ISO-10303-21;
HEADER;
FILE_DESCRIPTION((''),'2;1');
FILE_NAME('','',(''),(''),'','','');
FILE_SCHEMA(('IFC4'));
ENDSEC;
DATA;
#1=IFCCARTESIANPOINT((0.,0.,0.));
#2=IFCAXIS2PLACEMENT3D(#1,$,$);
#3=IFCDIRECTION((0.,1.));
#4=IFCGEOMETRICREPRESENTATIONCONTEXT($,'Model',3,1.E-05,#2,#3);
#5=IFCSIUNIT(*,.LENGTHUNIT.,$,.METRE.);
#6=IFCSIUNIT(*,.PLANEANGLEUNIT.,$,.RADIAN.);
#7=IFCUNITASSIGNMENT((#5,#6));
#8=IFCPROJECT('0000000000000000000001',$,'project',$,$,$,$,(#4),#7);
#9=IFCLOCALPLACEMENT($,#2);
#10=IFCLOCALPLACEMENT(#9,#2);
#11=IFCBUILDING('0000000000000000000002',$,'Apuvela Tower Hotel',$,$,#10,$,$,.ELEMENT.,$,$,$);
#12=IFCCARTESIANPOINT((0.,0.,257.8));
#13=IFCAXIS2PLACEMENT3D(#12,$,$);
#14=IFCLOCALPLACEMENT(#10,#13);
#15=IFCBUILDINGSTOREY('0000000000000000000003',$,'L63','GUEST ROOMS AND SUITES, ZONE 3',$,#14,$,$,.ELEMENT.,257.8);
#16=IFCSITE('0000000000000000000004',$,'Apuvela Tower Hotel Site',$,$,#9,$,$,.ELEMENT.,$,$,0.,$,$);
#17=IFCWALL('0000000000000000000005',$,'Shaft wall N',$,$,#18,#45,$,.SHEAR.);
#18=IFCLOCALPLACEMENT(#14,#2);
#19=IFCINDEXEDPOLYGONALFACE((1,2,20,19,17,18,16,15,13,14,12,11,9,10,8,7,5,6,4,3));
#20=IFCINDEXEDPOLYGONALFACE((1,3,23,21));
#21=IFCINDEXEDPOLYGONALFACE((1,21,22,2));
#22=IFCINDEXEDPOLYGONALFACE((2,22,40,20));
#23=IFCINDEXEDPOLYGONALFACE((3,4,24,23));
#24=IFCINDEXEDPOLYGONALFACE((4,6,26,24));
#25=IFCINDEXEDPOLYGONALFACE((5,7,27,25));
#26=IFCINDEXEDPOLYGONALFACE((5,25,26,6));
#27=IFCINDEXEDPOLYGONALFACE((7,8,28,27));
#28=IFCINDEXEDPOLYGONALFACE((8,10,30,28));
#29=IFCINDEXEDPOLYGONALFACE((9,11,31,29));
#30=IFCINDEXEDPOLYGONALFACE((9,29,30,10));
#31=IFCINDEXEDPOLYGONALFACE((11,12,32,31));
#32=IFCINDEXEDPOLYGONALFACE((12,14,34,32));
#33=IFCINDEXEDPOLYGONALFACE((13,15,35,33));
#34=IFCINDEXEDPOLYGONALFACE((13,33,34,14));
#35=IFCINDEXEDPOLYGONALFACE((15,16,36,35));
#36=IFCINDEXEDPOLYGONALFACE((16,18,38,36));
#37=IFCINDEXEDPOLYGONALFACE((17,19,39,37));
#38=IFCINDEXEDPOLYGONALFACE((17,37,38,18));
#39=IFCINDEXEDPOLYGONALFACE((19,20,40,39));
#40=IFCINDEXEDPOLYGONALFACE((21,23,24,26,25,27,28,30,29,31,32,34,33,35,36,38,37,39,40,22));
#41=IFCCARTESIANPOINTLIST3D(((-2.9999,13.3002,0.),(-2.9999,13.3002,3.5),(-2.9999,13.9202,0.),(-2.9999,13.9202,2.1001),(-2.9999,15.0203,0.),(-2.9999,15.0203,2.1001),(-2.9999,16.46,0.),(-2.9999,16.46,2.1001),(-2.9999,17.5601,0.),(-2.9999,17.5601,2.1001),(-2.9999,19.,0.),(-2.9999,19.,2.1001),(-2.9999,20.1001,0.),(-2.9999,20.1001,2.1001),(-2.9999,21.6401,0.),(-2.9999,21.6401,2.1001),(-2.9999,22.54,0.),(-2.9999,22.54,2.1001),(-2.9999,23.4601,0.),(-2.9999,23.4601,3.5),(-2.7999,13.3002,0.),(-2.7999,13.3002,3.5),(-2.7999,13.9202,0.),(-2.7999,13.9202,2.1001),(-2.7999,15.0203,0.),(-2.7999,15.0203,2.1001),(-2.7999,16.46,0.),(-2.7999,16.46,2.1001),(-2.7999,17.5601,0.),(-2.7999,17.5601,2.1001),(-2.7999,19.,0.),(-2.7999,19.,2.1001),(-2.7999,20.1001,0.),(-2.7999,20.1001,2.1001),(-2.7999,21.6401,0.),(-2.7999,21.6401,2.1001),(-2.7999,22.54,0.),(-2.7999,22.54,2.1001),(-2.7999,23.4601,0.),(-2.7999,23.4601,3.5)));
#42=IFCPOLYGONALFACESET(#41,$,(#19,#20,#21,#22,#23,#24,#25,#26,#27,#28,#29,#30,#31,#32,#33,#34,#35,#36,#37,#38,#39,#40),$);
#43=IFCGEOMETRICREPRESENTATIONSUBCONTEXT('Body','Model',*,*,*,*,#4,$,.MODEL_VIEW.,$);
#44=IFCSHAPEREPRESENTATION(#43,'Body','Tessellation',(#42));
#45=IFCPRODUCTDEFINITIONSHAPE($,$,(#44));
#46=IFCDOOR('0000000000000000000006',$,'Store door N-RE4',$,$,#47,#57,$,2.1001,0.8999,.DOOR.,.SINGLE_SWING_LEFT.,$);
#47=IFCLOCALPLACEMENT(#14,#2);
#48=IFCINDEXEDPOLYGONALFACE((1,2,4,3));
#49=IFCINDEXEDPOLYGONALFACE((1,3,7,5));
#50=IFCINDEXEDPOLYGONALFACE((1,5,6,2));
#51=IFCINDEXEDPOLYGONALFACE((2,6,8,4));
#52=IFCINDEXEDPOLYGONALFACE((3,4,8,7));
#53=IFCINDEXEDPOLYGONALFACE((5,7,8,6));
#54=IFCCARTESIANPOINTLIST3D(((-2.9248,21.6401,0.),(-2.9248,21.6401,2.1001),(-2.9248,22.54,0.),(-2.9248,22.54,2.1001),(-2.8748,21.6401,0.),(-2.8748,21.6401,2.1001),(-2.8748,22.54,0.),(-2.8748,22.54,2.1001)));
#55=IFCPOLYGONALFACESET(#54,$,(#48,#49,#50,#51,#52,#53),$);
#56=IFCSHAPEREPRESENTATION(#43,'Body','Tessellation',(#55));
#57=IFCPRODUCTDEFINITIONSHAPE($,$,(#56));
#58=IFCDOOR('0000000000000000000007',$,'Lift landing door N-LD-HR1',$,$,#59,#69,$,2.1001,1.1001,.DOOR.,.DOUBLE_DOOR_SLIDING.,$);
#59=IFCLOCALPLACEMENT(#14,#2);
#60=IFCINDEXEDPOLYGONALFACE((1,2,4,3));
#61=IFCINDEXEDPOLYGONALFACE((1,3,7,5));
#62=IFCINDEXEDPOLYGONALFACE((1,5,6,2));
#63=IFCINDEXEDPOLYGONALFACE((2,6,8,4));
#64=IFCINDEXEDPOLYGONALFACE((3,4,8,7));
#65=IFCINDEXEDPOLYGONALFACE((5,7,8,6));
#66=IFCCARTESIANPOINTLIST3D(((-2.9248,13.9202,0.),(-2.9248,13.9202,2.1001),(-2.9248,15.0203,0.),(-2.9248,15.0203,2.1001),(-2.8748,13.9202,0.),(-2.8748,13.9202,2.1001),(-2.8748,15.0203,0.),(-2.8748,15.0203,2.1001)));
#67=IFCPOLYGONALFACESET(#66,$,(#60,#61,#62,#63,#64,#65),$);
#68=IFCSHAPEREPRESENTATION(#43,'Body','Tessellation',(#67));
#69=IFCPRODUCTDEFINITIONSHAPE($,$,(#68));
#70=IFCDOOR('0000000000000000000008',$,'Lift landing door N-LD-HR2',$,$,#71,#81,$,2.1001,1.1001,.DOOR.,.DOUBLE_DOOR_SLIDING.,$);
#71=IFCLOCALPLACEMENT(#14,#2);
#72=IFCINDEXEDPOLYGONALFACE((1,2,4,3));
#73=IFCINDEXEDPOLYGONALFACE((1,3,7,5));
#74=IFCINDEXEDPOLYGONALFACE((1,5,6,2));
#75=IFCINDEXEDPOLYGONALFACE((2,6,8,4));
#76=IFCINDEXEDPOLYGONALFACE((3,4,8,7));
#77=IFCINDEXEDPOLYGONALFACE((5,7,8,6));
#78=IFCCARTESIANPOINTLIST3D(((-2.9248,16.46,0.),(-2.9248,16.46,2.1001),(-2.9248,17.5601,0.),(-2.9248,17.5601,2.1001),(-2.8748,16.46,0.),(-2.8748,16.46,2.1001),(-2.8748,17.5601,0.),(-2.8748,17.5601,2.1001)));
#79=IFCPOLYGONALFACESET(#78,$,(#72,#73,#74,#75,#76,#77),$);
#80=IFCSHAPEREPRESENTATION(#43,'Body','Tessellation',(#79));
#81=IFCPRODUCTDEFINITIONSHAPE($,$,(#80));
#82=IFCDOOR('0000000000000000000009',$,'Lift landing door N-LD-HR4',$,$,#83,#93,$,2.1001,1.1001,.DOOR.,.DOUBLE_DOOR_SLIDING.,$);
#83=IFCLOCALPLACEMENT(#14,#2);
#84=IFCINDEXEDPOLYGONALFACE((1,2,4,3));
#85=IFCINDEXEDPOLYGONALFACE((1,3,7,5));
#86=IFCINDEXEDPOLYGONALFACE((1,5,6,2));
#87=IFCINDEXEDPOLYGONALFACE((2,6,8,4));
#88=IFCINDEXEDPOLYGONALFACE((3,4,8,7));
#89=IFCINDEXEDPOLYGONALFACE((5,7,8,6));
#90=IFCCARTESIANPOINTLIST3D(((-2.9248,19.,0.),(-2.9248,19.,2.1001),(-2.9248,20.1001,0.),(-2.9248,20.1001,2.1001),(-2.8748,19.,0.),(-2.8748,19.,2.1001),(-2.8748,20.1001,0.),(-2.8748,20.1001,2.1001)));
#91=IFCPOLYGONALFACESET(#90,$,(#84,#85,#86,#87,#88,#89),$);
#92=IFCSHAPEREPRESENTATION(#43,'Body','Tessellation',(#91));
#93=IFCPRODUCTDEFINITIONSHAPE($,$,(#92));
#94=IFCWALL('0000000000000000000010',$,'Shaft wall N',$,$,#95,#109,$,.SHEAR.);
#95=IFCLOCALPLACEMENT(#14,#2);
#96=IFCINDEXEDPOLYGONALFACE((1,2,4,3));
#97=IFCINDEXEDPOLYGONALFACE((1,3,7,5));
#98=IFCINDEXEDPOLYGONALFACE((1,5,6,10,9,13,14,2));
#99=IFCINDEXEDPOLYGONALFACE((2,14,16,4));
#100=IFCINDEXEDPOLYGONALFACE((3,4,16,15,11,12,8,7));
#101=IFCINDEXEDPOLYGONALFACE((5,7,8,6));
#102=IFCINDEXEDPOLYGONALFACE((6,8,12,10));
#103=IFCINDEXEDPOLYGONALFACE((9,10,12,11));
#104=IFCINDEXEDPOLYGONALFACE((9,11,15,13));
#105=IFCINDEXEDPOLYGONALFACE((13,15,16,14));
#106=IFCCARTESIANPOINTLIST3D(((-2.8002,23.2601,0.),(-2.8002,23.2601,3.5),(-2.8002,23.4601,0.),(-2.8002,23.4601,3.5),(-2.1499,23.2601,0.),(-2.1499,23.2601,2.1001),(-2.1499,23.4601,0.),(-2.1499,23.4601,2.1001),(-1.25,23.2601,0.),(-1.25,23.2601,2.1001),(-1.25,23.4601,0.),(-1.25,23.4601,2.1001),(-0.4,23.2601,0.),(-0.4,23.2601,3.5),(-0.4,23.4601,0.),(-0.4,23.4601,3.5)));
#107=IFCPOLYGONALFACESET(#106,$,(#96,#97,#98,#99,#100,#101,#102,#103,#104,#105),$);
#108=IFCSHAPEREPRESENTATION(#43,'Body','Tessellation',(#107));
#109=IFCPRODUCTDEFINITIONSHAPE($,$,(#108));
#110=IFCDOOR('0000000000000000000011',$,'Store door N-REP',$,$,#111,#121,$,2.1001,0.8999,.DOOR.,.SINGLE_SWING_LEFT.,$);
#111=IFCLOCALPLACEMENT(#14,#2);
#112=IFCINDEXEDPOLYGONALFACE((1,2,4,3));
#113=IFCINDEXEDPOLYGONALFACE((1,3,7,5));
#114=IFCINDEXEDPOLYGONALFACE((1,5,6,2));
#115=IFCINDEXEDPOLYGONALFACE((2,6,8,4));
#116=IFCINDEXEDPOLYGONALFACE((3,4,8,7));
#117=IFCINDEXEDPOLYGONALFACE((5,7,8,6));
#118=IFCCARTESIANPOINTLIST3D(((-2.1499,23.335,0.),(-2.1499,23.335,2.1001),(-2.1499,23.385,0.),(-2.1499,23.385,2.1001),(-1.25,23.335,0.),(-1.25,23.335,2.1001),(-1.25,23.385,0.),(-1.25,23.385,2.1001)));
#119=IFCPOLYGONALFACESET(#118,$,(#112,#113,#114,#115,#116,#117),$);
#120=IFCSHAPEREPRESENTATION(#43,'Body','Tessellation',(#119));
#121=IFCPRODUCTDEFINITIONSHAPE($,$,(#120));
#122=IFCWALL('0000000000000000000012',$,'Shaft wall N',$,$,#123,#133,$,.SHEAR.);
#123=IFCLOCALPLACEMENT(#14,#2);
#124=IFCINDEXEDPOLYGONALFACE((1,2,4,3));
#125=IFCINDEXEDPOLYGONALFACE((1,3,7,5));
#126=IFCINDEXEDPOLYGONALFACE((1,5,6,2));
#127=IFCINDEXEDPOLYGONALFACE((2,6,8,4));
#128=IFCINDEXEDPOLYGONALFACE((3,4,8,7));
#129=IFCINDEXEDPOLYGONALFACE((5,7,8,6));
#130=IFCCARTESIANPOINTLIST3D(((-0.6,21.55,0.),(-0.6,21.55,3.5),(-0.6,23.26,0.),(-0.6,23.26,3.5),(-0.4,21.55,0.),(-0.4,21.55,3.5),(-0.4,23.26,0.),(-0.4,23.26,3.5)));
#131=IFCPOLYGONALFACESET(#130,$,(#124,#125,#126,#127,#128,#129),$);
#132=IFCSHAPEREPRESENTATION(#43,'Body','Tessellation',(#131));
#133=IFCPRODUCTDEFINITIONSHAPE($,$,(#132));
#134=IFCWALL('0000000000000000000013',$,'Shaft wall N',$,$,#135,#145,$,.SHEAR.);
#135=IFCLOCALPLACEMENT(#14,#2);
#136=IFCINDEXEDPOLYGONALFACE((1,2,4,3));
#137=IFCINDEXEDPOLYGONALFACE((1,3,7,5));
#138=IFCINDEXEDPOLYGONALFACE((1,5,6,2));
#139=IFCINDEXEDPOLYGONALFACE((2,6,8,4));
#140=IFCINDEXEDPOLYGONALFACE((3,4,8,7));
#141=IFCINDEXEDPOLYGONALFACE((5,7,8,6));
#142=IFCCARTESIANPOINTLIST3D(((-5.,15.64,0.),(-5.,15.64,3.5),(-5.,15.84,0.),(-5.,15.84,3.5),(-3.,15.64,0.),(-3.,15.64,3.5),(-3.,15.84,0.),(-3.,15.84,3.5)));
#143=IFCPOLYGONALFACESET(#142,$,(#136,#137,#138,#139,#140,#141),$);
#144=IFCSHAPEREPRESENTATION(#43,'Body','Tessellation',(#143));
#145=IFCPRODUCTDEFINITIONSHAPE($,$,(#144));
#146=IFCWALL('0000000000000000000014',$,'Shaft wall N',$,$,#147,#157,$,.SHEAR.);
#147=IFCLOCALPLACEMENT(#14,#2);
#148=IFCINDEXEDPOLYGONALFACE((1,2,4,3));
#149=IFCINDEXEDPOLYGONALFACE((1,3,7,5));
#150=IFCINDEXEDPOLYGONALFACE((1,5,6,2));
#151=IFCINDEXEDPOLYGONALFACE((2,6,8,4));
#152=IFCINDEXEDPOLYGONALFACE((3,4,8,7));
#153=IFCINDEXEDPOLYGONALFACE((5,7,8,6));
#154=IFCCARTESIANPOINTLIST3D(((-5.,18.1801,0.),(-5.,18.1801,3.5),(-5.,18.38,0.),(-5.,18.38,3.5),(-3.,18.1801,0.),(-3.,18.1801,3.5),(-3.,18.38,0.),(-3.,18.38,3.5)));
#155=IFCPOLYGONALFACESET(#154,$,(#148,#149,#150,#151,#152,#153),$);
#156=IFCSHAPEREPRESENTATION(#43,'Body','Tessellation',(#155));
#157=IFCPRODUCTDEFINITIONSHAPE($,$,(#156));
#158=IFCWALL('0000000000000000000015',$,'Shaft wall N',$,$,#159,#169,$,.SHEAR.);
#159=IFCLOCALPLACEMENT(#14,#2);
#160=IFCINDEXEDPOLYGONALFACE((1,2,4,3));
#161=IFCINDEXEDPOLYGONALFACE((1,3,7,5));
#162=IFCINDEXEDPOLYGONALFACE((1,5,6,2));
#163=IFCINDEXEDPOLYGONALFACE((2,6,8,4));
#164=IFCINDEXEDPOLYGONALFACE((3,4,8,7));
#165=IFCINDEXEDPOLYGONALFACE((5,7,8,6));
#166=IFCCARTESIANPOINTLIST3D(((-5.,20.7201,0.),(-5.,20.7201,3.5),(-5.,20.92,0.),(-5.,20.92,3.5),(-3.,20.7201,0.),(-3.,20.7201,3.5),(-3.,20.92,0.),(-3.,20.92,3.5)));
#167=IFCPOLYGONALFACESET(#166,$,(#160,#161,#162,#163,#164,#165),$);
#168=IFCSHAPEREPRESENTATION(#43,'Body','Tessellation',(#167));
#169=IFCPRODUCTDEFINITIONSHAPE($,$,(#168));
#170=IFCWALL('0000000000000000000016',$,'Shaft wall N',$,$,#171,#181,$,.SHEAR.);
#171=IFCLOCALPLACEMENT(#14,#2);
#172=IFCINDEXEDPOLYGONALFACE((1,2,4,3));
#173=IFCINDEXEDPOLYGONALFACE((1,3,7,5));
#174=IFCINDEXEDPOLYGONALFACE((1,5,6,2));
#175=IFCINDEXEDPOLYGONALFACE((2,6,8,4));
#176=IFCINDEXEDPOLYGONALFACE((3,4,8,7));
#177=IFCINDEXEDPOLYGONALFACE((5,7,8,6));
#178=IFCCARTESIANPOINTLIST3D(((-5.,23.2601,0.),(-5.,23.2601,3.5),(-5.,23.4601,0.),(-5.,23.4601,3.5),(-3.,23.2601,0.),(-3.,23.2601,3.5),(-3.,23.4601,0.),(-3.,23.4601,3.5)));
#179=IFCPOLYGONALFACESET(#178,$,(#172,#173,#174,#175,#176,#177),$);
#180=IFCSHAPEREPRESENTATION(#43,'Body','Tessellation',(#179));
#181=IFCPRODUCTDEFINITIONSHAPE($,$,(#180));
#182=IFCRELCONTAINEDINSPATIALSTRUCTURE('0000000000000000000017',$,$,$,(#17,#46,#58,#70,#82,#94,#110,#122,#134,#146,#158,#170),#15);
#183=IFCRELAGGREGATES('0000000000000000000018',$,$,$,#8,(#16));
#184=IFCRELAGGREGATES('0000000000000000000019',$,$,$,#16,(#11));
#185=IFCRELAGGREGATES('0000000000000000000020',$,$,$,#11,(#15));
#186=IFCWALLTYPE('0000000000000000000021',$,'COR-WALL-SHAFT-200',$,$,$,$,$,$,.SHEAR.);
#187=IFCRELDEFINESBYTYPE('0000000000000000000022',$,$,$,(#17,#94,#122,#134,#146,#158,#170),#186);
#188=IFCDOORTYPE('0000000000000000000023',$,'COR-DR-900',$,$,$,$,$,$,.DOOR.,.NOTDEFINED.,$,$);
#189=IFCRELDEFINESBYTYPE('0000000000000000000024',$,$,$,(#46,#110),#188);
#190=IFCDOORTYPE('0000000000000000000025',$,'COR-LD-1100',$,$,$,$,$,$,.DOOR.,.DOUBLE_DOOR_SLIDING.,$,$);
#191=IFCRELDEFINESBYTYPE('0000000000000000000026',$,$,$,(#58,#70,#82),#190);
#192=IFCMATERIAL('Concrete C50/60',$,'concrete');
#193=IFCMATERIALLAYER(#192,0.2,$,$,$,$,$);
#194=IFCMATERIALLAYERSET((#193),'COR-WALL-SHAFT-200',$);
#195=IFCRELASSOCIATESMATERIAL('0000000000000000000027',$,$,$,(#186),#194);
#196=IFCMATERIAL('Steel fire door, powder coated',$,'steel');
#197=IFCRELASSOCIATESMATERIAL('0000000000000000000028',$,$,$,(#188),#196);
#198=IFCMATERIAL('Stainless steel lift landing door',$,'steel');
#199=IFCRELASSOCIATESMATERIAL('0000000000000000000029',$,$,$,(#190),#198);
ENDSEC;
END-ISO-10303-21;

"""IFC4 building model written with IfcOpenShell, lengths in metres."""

from ifc_helpers import new_model, si_unit, direction, frame, frame_2d, origin, place, context, subcontext, project, spatial, rectangle, extrude, material, layer, layer_set, type_object, element, fill, save


model = new_model("IFC4")

# Units and contexts
model_context = context("Model", 3, precision=1e-05, world=origin(), true_north=direction((0.0, 1.0)))
body_context = subcontext(model_context, "Body", "Model", "MODEL_VIEW")
ifc_project = project(units=[si_unit("LENGTHUNIT", "METRE"), si_unit("PLANEANGLEUNIT", "RADIAN")], contexts=[model_context])

# Site, building, storey
site_placement = place(None, origin())
site = spatial("IfcSite", under=ifc_project, at=site_placement, Name="Apuvela Tower Hotel Site", CompositionType="ELEMENT", RefElevation=0.0)
building_placement = place(site_placement, origin())
building = spatial("IfcBuilding", under=site, at=building_placement, Name="Apuvela Tower Hotel", CompositionType="ELEMENT")
storey_placement = place(building_placement, frame((0.0, 0.0, 257.8)))
storey = spatial("IfcBuildingStorey", under=building, at=storey_placement, Name="L63", Description="GUEST ROOMS AND SUITES, ZONE 3", CompositionType="ELEMENT", Elevation=257.8)

# Shared definitions
ifc_material_1 = material(Name="Concrete C50/60", Category="concrete")
ifc_layer_1 = layer(ifc_material_1, 0.2)
ifc_layer_set_1 = layer_set([ifc_layer_1], Name="COR-WALL-SHAFT-200")
wall_type_1 = type_object("IfcWallType", Name="COR-WALL-SHAFT-200", PredefinedType="SHEAR", material=ifc_layer_set_1)

# Wall, openings, doors
wall_1_placement = place(storey_placement, frame((-2.8999, 13.3, 0.0), z_axis=(0.0, 0.0, 1.0), x_axis=(0.0, 1.0, 0.0)))
wall_1 = element("IfcWall", 1, at=wall_1_placement, inside=storey, type_object=wall_type_1, Name="Shaft wall N", PredefinedType="SHEAR", context=body_context, shape_type="SweptSolid", body=[
    extrude(rectangle(XDim=10.1599, YDim=0.2, at=frame_2d((5.0801, 0.0))), origin(), (0.0, 0.0, 1.0), 3.5),
])
opening_1_placement = place(wall_1_placement, frame((0.6201, 0.0, 0.0)))
opening_1 = element("IfcOpeningElement", 2, at=opening_1_placement, cuts=wall_1, PredefinedType="OPENING", context=body_context, shape_type="SweptSolid", body=[
    extrude(rectangle(XDim=1.1001, YDim=2.1001, at=frame_2d((0.55, 1.05))), frame((0.0, 0.1099, 0.0), z_axis=(0.0, -1.0, 0.0), x_axis=(1.0, 0.0, 0.0)), (0.0, 0.0, 1.0), 0.22),
])
opening_2_placement = place(wall_1_placement, frame((3.1599, 0.0, 0.0)))
opening_2 = element("IfcOpeningElement", 3, at=opening_2_placement, cuts=wall_1, PredefinedType="OPENING", context=body_context, shape_type="SweptSolid", body=[
    extrude(rectangle(XDim=1.1001, YDim=2.1001, at=frame_2d((0.55, 1.05))), frame((0.0, 0.1099, 0.0), z_axis=(0.0, -1.0, 0.0), x_axis=(1.0, 0.0, 0.0)), (0.0, 0.0, 1.0), 0.22),
])
opening_3_placement = place(wall_1_placement, frame((5.7, 0.0, 0.0)))
opening_3 = element("IfcOpeningElement", 4, at=opening_3_placement, cuts=wall_1, PredefinedType="OPENING", context=body_context, shape_type="SweptSolid", body=[
    extrude(rectangle(XDim=1.1001, YDim=2.1001, at=frame_2d((0.55, 1.05))), frame((0.0, 0.1099, 0.0), z_axis=(0.0, -1.0, 0.0), x_axis=(1.0, 0.0, 0.0)), (0.0, 0.0, 1.0), 0.22),
])
opening_4_placement = place(wall_1_placement, frame((8.3401, 0.0, 0.0)))
opening_4 = element("IfcOpeningElement", 5, at=opening_4_placement, cuts=wall_1, PredefinedType="OPENING", context=body_context, shape_type="SweptSolid", body=[
    extrude(rectangle(XDim=0.8999, YDim=2.1001, at=frame_2d((0.45, 1.05))), frame((0.0, 0.1099, 0.0), z_axis=(0.0, -1.0, 0.0), x_axis=(1.0, 0.0, 0.0)), (0.0, 0.0, 1.0), 0.22),
])
ifc_material_2 = material(Name="Steel fire door, powder coated", Category="steel")
door_type_1 = type_object("IfcDoorType", Name="COR-DR-900", OperationType="NOTDEFINED", PredefinedType="DOOR", material=ifc_material_2)
door_1_placement = place(opening_4_placement, origin())
door_1 = element("IfcDoor", 6, at=door_1_placement, inside=storey, type_object=door_type_1, Name="Store door N-RE4", OperationType="SINGLE_SWING_LEFT", OverallHeight=2.1001, OverallWidth=0.8999, PredefinedType="DOOR", context=body_context, shape_type="SweptSolid", body=[
    extrude(rectangle(XDim=0.8999, YDim=2.1001, at=frame_2d((0.45, 1.05))), frame((0.0, 0.0249, 0.0), z_axis=(0.0, -1.0, 0.0), x_axis=(1.0, 0.0, 0.0)), (0.0, 0.0, 1.0), 0.05),
])
fill(opening_4, door_1)
ifc_material_3 = material(Name="Stainless steel lift landing door", Category="steel")
door_type_2 = type_object("IfcDoorType", Name="COR-LD-1100", OperationType="DOUBLE_DOOR_SLIDING", PredefinedType="DOOR", material=ifc_material_3)
door_2_placement = place(opening_1_placement, origin())
door_2 = element("IfcDoor", 7, at=door_2_placement, inside=storey, type_object=door_type_2, Name="Lift landing door N-LD-HR1", OperationType="DOUBLE_DOOR_SLIDING", OverallHeight=2.1001, OverallWidth=1.1001, PredefinedType="DOOR", context=body_context, shape_type="SweptSolid", body=[
    extrude(rectangle(XDim=1.1001, YDim=2.1001, at=frame_2d((0.55, 1.05))), frame((0.0, 0.0249, 0.0), z_axis=(0.0, -1.0, 0.0), x_axis=(1.0, 0.0, 0.0)), (0.0, 0.0, 1.0), 0.05),
])
fill(opening_1, door_2)
door_3_placement = place(opening_2_placement, origin())
door_3 = element("IfcDoor", 8, at=door_3_placement, inside=storey, type_object=door_type_2, Name="Lift landing door N-LD-HR2", OperationType="DOUBLE_DOOR_SLIDING", OverallHeight=2.1001, OverallWidth=1.1001, PredefinedType="DOOR", context=body_context, shape_type="SweptSolid", body=[
    extrude(rectangle(XDim=1.1001, YDim=2.1001, at=frame_2d((0.55, 1.05))), frame((0.0, 0.0249, 0.0), z_axis=(0.0, -1.0, 0.0), x_axis=(1.0, 0.0, 0.0)), (0.0, 0.0, 1.0), 0.05),
])
fill(opening_2, door_3)
door_4_placement = place(opening_3_placement, origin())
door_4 = element("IfcDoor", 9, at=door_4_placement, inside=storey, type_object=door_type_2, Name="Lift landing door N-LD-HR4", OperationType="DOUBLE_DOOR_SLIDING", OverallHeight=2.1001, OverallWidth=1.1001, PredefinedType="DOOR", context=body_context, shape_type="SweptSolid", body=[
    extrude(rectangle(XDim=1.1001, YDim=2.1001, at=frame_2d((0.55, 1.05))), frame((0.0, 0.0249, 0.0), z_axis=(0.0, -1.0, 0.0), x_axis=(1.0, 0.0, 0.0)), (0.0, 0.0, 1.0), 0.05),
])
fill(opening_3, door_4)

# Wall, opening, door
wall_2_placement = place(storey_placement, frame((-0.3999, 23.3601, 0.0), z_axis=(0.0, 0.0, 1.0), x_axis=(-1.0, 0.0, 0.0)))
wall_2 = element("IfcWall", 10, at=wall_2_placement, inside=storey, type_object=wall_type_1, Name="Shaft wall N", PredefinedType="SHEAR", context=body_context, shape_type="SweptSolid", body=[
    extrude(rectangle(XDim=2.4001, YDim=0.2, at=frame_2d((1.2002, 0.0))), origin(), (0.0, 0.0, 1.0), 3.5),
])
opening_5_placement = place(wall_2_placement, frame((0.8501, 0.0, 0.0)))
opening_5 = element("IfcOpeningElement", 11, at=opening_5_placement, cuts=wall_2, PredefinedType="OPENING", context=body_context, shape_type="SweptSolid", body=[
    extrude(rectangle(XDim=0.8999, YDim=2.1001, at=frame_2d((0.45, 1.05))), frame((0.0, 0.1099, 0.0), z_axis=(0.0, -1.0, 0.0), x_axis=(1.0, 0.0, 0.0)), (0.0, 0.0, 1.0), 0.22),
])
door_5_placement = place(opening_5_placement, frame((0.8999, 0.0, 0.0), z_axis=(0.0, 0.0, 1.0), x_axis=(-1.0, 0.0, 0.0)))
door_5 = element("IfcDoor", 12, at=door_5_placement, inside=storey, type_object=door_type_1, Name="Store door N-REP", OperationType="SINGLE_SWING_LEFT", OverallHeight=2.1001, OverallWidth=0.8999, PredefinedType="DOOR", context=body_context, shape_type="SweptSolid", body=[
    extrude(rectangle(XDim=0.8999, YDim=2.1001, at=frame_2d((0.45, 1.05))), frame((0.0, 0.0249, 0.0), z_axis=(0.0, -1.0, 0.0), x_axis=(1.0, 0.0, 0.0)), (0.0, 0.0, 1.0), 0.05),
])
fill(opening_5, door_5)

# Walls
wall_3_placement = place(storey_placement, frame((-0.5, 21.55, 0.0), z_axis=(0.0, 0.0, 1.0), x_axis=(0.0, 1.0, 0.0)))
element("IfcWall", 13, at=wall_3_placement, inside=storey, type_object=wall_type_1, Name="Shaft wall N", PredefinedType="SHEAR", context=body_context, shape_type="SweptSolid", body=[
    extrude(rectangle(XDim=1.71, YDim=0.2, at=frame_2d((0.855, 0.0))), origin(), (0.0, 0.0, 1.0), 3.5),
])
for number, where, z_axis, x_axis, name in (
    (14, (-3.0, 15.74, 0.0), (0.0, 0.0, 1.0), (-1.0, 0.0, 0.0), "Shaft wall N"),
    (15, (-3.0, 18.28, 0.0), (0.0, 0.0, 1.0), (-1.0, 0.0, 0.0), "Shaft wall N"),
    (16, (-3.0, 20.8201, 0.0), (0.0, 0.0, 1.0), (-1.0, 0.0, 0.0), "Shaft wall N"),
    (17, (-3.0, 23.3601, 0.0), (0.0, 0.0, 1.0), (-1.0, 0.0, 0.0), "Shaft wall N"),
):
    element("IfcWall", number, at=place(storey_placement, frame(where, z_axis=z_axis, x_axis=x_axis)), inside=storey, type_object=wall_type_1, Name=name, PredefinedType="SHEAR", context=body_context, shape_type="SweptSolid", body=[
        extrude(rectangle(XDim=2.0, YDim=0.2, at=frame_2d((1.0, 0.0))), origin(), (0.0, 0.0, 1.0), 3.5),
    ])

save(model, "model.ifc")
